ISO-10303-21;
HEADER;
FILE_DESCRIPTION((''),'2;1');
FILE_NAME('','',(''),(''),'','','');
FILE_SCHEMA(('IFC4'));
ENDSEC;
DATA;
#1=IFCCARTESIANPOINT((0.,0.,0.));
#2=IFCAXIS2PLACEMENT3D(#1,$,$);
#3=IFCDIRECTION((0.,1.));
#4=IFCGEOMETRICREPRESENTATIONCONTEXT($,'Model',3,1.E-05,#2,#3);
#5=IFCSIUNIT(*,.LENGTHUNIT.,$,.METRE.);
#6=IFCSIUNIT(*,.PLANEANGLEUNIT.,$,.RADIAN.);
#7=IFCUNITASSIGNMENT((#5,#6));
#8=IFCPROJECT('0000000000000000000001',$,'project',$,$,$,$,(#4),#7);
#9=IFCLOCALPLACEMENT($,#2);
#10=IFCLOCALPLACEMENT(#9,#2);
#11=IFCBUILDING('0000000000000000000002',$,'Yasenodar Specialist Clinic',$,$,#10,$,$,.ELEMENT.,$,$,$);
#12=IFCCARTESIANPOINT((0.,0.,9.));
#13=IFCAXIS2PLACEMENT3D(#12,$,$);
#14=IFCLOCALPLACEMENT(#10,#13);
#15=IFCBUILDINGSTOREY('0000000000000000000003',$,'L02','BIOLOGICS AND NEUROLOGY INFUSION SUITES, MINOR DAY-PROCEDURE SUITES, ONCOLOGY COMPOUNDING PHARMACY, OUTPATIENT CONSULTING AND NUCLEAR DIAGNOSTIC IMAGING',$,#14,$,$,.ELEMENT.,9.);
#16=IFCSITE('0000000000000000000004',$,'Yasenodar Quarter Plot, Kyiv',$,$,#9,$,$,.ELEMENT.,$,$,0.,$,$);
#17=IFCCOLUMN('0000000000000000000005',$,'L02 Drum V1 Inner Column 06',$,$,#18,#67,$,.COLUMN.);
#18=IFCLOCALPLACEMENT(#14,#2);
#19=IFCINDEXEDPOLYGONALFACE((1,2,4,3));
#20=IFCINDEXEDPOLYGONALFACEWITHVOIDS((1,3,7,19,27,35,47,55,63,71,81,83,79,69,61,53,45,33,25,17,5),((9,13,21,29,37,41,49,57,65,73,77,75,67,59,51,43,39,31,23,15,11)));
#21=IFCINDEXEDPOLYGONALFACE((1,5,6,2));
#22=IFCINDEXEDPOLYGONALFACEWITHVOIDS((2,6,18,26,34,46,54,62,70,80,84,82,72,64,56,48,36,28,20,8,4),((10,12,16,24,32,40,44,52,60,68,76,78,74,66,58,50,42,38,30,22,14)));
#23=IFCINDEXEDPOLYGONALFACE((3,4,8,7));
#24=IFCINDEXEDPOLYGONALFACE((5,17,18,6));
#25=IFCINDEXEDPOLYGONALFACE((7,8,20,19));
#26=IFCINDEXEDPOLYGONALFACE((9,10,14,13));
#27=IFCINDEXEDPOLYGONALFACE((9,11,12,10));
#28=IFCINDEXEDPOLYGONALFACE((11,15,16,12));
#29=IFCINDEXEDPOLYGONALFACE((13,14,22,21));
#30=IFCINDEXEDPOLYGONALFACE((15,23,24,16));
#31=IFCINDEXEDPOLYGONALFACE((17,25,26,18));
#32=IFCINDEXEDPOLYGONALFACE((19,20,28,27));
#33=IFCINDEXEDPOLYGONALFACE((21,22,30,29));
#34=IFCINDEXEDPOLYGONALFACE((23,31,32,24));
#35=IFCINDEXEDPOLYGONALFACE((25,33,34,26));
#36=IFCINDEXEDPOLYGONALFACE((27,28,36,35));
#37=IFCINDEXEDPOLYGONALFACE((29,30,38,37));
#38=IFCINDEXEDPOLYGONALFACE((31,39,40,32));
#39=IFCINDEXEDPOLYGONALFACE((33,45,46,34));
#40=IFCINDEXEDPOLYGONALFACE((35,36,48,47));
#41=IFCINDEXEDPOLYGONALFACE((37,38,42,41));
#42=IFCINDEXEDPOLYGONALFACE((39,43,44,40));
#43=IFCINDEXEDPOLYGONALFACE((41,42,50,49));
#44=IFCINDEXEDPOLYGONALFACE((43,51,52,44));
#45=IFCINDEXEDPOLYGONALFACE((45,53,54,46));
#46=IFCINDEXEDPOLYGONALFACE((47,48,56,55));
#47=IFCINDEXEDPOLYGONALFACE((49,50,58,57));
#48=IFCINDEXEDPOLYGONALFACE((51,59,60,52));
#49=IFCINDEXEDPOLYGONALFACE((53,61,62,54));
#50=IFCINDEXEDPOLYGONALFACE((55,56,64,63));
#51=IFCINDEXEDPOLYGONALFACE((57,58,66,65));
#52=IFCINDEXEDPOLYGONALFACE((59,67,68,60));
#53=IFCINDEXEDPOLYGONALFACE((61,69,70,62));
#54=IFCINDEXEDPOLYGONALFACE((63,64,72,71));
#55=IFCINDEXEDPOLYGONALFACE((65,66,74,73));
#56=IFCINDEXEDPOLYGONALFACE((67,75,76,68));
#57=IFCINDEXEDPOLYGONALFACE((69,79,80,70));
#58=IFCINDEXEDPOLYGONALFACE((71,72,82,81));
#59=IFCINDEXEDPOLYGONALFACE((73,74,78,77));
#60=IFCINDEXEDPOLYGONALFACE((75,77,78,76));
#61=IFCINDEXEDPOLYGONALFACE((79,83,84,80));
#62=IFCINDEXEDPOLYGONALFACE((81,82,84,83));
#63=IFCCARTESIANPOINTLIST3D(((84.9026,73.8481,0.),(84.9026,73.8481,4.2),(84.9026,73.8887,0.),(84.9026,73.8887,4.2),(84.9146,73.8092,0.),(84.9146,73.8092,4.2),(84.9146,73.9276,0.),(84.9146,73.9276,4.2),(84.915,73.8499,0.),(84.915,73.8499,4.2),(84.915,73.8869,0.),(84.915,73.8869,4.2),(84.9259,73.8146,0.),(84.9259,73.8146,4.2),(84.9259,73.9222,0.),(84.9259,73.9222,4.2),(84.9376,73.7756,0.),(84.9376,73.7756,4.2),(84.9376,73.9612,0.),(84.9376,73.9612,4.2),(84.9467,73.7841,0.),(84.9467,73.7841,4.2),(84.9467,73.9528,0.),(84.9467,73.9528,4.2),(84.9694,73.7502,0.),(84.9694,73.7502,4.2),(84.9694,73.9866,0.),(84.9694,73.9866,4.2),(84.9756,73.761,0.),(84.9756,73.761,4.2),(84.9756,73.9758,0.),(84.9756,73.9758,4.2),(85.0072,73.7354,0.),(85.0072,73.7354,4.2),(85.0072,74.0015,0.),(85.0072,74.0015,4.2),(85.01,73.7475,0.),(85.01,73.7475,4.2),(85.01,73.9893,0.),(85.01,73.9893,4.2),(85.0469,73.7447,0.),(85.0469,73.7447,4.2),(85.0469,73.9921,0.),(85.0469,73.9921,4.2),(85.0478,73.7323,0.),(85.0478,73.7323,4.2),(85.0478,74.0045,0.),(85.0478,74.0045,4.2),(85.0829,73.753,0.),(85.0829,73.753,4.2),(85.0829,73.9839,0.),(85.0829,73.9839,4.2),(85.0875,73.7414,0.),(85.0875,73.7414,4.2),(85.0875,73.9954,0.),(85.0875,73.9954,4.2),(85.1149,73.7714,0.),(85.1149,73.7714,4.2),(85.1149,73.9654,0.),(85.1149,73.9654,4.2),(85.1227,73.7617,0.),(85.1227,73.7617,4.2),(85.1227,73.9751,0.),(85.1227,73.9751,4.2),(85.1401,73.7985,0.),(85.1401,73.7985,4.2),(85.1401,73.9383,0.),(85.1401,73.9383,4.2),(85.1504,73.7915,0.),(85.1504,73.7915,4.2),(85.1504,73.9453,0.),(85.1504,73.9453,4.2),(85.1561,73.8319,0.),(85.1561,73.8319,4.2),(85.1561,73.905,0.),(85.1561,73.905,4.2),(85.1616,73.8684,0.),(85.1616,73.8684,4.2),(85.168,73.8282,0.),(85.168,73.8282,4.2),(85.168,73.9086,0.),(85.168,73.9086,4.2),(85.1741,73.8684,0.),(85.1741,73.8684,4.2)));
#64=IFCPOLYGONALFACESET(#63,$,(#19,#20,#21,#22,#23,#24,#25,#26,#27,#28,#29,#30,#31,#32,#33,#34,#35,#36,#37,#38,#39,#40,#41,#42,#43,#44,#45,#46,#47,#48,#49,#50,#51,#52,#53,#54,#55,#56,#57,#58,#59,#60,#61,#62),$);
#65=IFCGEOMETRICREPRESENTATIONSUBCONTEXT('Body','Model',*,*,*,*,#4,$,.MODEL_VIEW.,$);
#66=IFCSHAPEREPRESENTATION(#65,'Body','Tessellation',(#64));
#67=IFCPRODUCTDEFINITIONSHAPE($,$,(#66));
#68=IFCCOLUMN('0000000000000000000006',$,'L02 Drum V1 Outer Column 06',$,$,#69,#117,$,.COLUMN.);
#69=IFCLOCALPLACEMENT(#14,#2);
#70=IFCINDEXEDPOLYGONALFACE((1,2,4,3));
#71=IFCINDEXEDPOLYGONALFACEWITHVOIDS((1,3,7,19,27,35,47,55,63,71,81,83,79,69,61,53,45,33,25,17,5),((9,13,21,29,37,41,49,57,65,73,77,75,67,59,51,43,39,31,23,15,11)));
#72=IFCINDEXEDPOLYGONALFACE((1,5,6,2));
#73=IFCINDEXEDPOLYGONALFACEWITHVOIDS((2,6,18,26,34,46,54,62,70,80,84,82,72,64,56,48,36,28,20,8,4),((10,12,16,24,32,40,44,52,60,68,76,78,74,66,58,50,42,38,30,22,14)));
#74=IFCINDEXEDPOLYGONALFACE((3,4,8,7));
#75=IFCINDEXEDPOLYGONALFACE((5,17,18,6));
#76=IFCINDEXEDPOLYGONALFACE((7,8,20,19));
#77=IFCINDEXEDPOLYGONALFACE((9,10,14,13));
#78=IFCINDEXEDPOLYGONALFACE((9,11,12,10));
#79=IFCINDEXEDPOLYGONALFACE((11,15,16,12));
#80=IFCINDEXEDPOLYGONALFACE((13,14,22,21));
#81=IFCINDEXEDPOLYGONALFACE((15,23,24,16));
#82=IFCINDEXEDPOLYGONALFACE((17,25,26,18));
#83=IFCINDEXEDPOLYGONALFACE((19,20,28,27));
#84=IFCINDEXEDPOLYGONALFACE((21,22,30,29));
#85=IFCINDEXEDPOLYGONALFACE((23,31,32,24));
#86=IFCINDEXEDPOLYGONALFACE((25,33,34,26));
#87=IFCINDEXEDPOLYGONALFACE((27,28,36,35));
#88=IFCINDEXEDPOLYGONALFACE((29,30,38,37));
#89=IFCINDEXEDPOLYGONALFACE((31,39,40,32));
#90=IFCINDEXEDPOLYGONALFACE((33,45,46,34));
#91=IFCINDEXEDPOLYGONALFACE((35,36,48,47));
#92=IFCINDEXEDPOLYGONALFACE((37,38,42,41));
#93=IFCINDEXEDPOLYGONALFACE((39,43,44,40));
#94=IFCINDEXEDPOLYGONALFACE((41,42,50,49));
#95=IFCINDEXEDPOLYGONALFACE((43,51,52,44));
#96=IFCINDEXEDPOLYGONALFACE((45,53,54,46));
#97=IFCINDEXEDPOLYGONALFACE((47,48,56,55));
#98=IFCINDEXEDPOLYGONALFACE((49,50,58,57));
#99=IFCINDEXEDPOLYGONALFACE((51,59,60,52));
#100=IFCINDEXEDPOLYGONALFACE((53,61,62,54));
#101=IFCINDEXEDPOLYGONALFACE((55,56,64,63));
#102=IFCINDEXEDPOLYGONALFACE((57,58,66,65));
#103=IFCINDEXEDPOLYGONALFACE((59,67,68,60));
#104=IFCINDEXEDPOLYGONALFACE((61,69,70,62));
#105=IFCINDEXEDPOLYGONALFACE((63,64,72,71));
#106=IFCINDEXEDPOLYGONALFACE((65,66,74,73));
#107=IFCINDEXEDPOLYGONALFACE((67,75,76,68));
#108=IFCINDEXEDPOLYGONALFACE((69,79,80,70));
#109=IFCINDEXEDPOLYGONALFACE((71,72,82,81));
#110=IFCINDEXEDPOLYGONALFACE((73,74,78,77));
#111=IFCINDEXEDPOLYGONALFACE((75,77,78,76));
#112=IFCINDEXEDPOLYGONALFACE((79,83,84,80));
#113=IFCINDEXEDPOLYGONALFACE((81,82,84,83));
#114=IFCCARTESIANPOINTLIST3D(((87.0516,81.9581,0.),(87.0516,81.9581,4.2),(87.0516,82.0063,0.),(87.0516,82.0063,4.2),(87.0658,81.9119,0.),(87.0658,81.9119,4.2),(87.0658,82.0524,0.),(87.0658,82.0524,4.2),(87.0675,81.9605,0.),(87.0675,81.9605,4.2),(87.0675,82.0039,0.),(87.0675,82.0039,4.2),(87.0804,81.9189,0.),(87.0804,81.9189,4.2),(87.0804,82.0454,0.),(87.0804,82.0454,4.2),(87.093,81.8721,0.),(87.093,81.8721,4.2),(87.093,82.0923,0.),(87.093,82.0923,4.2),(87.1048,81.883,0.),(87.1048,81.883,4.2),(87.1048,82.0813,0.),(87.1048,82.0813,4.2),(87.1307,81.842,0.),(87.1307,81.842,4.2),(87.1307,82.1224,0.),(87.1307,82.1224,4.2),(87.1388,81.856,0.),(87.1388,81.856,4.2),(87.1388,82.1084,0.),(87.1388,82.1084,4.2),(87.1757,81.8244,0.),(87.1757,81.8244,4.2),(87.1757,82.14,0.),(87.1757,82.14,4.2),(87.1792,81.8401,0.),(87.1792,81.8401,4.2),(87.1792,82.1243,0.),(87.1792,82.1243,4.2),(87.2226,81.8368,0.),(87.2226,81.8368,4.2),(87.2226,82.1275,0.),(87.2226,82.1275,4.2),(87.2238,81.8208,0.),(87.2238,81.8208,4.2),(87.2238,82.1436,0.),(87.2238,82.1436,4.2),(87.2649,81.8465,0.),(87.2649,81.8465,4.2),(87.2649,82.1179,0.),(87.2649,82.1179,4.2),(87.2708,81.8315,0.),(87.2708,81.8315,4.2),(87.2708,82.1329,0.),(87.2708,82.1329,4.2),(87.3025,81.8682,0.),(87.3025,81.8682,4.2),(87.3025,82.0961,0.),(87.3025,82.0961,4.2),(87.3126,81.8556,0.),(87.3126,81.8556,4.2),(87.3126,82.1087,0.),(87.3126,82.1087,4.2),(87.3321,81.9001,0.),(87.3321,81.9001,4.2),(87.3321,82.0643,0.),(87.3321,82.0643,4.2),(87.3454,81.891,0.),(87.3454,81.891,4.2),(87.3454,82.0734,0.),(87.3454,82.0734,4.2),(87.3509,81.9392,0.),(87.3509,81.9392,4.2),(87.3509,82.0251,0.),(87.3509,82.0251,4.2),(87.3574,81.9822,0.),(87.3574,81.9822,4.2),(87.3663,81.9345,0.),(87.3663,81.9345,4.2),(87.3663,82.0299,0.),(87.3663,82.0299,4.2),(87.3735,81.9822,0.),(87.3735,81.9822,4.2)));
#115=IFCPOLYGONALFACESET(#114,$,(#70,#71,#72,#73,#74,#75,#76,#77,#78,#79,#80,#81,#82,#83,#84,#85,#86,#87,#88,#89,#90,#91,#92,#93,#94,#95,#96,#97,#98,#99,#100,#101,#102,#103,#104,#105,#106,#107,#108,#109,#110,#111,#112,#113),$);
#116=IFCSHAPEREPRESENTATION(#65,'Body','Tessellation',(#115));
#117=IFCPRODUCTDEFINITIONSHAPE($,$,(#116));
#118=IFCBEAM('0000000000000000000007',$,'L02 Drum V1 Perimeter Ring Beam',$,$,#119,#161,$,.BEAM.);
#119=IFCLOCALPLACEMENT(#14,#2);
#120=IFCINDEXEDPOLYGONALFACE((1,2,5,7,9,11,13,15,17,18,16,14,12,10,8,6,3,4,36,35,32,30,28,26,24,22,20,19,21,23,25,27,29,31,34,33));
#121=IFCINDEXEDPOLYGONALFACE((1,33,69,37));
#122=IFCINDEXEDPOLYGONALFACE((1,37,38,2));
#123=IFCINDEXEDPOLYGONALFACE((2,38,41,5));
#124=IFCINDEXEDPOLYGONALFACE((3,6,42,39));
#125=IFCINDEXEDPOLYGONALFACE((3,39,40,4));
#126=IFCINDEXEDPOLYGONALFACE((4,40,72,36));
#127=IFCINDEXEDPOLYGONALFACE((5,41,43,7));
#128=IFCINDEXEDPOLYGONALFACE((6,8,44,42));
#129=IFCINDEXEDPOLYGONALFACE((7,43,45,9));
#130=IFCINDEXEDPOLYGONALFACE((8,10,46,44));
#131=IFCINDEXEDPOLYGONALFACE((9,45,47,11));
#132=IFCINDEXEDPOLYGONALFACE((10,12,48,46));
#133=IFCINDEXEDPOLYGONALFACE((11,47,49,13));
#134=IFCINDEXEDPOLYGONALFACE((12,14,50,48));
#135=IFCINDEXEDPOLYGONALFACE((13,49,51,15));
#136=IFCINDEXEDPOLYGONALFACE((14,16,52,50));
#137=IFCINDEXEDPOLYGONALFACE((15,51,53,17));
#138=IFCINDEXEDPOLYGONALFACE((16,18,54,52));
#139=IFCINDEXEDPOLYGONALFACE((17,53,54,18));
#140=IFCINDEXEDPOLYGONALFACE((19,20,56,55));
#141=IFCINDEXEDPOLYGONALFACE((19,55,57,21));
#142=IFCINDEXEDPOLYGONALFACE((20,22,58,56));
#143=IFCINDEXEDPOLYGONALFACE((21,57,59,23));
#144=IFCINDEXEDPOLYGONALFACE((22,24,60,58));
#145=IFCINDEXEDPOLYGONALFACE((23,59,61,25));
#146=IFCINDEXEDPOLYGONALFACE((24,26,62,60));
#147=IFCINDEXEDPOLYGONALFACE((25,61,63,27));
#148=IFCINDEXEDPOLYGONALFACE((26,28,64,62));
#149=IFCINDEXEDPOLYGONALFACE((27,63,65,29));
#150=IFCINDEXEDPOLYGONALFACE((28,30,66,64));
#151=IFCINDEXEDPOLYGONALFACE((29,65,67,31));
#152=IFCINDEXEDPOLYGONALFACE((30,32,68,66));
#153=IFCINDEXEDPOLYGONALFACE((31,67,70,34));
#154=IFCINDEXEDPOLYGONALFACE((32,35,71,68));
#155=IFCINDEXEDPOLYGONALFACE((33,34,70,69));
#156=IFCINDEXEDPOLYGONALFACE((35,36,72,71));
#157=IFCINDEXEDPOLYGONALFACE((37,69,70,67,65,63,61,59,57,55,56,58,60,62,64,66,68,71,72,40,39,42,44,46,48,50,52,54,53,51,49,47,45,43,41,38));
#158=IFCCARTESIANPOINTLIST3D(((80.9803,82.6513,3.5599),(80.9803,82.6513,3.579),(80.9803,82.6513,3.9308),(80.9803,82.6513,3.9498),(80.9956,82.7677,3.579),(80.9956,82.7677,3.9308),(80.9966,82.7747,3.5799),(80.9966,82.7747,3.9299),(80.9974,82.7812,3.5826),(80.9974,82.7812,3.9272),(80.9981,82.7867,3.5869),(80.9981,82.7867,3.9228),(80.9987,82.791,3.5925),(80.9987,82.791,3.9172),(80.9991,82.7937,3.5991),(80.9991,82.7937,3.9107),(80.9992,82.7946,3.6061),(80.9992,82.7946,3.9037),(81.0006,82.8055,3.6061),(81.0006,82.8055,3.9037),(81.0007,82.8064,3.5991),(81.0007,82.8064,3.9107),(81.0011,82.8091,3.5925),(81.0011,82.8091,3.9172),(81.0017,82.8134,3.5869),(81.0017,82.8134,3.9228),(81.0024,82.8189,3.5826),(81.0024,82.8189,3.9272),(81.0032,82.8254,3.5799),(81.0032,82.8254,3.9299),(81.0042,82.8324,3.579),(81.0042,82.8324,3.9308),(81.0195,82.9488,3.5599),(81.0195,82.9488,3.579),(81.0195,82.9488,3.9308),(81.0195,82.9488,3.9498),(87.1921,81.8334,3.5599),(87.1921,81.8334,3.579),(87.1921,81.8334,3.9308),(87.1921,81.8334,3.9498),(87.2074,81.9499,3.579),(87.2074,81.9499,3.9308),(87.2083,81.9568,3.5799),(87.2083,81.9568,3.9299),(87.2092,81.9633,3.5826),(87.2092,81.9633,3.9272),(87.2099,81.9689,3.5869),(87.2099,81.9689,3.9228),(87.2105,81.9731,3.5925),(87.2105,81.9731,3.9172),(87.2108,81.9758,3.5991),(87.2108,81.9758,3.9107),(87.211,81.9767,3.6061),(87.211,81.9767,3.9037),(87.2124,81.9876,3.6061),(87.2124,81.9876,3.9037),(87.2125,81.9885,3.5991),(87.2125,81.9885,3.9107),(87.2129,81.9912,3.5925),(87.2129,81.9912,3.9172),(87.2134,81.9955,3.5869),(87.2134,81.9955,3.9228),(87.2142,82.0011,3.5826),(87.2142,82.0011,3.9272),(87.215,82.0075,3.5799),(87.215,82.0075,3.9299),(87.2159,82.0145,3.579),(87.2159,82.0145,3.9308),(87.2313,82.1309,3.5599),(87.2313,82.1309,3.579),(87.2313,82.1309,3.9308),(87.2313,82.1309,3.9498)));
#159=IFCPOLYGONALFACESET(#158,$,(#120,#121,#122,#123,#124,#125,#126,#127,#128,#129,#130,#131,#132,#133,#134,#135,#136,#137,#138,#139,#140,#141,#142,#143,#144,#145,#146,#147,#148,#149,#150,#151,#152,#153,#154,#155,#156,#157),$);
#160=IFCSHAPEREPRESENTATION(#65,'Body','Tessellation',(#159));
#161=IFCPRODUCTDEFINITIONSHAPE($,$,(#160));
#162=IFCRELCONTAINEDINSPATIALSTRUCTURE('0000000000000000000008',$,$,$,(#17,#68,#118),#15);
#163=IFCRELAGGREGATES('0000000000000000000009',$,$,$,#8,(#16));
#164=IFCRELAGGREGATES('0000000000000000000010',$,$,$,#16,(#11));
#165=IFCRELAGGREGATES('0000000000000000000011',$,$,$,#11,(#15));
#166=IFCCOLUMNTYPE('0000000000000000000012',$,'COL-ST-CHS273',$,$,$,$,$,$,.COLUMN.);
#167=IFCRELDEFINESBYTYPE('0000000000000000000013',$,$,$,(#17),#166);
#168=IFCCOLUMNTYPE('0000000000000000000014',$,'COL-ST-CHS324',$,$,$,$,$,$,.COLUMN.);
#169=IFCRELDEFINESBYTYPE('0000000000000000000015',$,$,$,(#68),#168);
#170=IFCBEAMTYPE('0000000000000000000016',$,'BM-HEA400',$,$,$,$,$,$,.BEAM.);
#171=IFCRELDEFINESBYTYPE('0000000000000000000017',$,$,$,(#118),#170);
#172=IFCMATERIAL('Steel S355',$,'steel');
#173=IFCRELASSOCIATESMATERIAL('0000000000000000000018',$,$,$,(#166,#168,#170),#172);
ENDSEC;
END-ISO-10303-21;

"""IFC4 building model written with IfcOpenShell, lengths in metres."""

from ifc_helpers import new_model, si_unit, direction, frame, origin, origin_2d, place, context, subcontext, project, spatial, hollow_circle, i_section, extrude, material, material_profile, profile_set, type_object, element, save


model = new_model("IFC4")

# Units and contexts
model_context = context("Model", 3, precision=1e-05, world=origin(), true_north=direction((0.0, 1.0)))
body_context = subcontext(model_context, "Body", "Model", "MODEL_VIEW")
ifc_project = project(units=[si_unit("LENGTHUNIT", "METRE"), si_unit("PLANEANGLEUNIT", "RADIAN")], contexts=[model_context])

# Site, building, storey
site_placement = place(None, origin())
site = spatial("IfcSite", under=ifc_project, at=site_placement, Name="Yasenodar Quarter Plot, Kyiv", CompositionType="ELEMENT", RefElevation=0.0)
building_placement = place(site_placement, origin())
building = spatial("IfcBuilding", under=site, at=building_placement, Name="Yasenodar Specialist Clinic", CompositionType="ELEMENT")
storey_placement = place(building_placement, frame((0.0, 0.0, 9.0)))
storey = spatial("IfcBuildingStorey", under=building, at=storey_placement, Name="L02", Description="BIOLOGICS AND NEUROLOGY INFUSION SUITES, MINOR DAY-PROCEDURE SUITES, ONCOLOGY COMPOUNDING PHARMACY, OUTPATIENT CONSULTING AND NUCLEAR DIAGNOSTIC IMAGING", CompositionType="ELEMENT", Elevation=9.0)

# Columns
ifc_material_1 = material(Name="Steel S355", Category="steel")
ifc_material_profile_1 = material_profile(ifc_material_1, hollow_circle(Radius=0.1365, WallThickness=0.0125, at=origin_2d()), Name="CHS 273x12.5")
ifc_profile_set_1 = profile_set([ifc_material_profile_1], Name="Steel S355")
column_type_1 = type_object("IfcColumnType", Name="COL-ST-CHS273", PredefinedType="COLUMN", material=ifc_profile_set_1)
column_1_placement = place(storey_placement, frame((85.0376, 73.8684, 0.0), z_axis=(0.0, 0.0, 1.0), x_axis=(1.0, 0.0, 0.0)))
element("IfcColumn", 1, at=column_1_placement, inside=storey, type_object=column_type_1, Name="L02 Drum V1 Inner Column 06", PredefinedType="COLUMN", context=body_context, shape_type="SweptSolid", body=[
    extrude(hollow_circle(Radius=0.1365, WallThickness=0.0125, at=origin_2d()), origin(), (0.0, 0.0, 1.0), 4.2),
])
ifc_material_profile_2 = material_profile(ifc_material_1, hollow_circle(Radius=0.1619, WallThickness=0.0161, at=origin_2d()), Name="CHS 323.9x16")
ifc_profile_set_2 = profile_set([ifc_material_profile_2], Name="Steel S355")
column_type_2 = type_object("IfcColumnType", Name="COL-ST-CHS324", PredefinedType="COLUMN", material=ifc_profile_set_2)
column_2_placement = place(storey_placement, frame((87.2117, 81.9822, 0.0), z_axis=(0.0, 0.0, 1.0), x_axis=(1.0, 0.0, 0.0)))
element("IfcColumn", 2, at=column_2_placement, inside=storey, type_object=column_type_2, Name="L02 Drum V1 Outer Column 06", PredefinedType="COLUMN", context=body_context, shape_type="SweptSolid", body=[
    extrude(hollow_circle(Radius=0.1619, WallThickness=0.0161, at=origin_2d()), origin(), (0.0, 0.0, 1.0), 4.2),
])

# Beam
ifc_material_profile_3 = material_profile(ifc_material_1, i_section(OverallWidth=0.3, OverallDepth=0.3899, WebThickness=0.011, FlangeThickness=0.019, FilletRadius=0.0271, at=origin_2d()), Name="HEA 400")
ifc_profile_set_3 = profile_set([ifc_material_profile_3], Name="Steel S355")
beam_type_1 = type_object("IfcBeamType", Name="BM-HEA400", PredefinedType="BEAM", material=ifc_profile_set_3)
beam_1_placement = place(storey_placement, frame((87.2117, 81.9822, 3.7549), z_axis=(-0.991443, 0.13054, 0.0), x_axis=(-0.13054, -0.991443, 0.0)))
element("IfcBeam", 3, at=beam_1_placement, inside=storey, type_object=beam_type_1, Name="L02 Drum V1 Perimeter Ring Beam", PredefinedType="BEAM", context=body_context, shape_type="SweptSolid", body=[
    extrude(i_section(OverallWidth=0.3, OverallDepth=0.3899, WebThickness=0.011, FlangeThickness=0.019, FilletRadius=0.0271, at=origin_2d()), origin(), (0.0, 0.0, 1.0), 6.2654),
])

save(model, "model.ifc")
